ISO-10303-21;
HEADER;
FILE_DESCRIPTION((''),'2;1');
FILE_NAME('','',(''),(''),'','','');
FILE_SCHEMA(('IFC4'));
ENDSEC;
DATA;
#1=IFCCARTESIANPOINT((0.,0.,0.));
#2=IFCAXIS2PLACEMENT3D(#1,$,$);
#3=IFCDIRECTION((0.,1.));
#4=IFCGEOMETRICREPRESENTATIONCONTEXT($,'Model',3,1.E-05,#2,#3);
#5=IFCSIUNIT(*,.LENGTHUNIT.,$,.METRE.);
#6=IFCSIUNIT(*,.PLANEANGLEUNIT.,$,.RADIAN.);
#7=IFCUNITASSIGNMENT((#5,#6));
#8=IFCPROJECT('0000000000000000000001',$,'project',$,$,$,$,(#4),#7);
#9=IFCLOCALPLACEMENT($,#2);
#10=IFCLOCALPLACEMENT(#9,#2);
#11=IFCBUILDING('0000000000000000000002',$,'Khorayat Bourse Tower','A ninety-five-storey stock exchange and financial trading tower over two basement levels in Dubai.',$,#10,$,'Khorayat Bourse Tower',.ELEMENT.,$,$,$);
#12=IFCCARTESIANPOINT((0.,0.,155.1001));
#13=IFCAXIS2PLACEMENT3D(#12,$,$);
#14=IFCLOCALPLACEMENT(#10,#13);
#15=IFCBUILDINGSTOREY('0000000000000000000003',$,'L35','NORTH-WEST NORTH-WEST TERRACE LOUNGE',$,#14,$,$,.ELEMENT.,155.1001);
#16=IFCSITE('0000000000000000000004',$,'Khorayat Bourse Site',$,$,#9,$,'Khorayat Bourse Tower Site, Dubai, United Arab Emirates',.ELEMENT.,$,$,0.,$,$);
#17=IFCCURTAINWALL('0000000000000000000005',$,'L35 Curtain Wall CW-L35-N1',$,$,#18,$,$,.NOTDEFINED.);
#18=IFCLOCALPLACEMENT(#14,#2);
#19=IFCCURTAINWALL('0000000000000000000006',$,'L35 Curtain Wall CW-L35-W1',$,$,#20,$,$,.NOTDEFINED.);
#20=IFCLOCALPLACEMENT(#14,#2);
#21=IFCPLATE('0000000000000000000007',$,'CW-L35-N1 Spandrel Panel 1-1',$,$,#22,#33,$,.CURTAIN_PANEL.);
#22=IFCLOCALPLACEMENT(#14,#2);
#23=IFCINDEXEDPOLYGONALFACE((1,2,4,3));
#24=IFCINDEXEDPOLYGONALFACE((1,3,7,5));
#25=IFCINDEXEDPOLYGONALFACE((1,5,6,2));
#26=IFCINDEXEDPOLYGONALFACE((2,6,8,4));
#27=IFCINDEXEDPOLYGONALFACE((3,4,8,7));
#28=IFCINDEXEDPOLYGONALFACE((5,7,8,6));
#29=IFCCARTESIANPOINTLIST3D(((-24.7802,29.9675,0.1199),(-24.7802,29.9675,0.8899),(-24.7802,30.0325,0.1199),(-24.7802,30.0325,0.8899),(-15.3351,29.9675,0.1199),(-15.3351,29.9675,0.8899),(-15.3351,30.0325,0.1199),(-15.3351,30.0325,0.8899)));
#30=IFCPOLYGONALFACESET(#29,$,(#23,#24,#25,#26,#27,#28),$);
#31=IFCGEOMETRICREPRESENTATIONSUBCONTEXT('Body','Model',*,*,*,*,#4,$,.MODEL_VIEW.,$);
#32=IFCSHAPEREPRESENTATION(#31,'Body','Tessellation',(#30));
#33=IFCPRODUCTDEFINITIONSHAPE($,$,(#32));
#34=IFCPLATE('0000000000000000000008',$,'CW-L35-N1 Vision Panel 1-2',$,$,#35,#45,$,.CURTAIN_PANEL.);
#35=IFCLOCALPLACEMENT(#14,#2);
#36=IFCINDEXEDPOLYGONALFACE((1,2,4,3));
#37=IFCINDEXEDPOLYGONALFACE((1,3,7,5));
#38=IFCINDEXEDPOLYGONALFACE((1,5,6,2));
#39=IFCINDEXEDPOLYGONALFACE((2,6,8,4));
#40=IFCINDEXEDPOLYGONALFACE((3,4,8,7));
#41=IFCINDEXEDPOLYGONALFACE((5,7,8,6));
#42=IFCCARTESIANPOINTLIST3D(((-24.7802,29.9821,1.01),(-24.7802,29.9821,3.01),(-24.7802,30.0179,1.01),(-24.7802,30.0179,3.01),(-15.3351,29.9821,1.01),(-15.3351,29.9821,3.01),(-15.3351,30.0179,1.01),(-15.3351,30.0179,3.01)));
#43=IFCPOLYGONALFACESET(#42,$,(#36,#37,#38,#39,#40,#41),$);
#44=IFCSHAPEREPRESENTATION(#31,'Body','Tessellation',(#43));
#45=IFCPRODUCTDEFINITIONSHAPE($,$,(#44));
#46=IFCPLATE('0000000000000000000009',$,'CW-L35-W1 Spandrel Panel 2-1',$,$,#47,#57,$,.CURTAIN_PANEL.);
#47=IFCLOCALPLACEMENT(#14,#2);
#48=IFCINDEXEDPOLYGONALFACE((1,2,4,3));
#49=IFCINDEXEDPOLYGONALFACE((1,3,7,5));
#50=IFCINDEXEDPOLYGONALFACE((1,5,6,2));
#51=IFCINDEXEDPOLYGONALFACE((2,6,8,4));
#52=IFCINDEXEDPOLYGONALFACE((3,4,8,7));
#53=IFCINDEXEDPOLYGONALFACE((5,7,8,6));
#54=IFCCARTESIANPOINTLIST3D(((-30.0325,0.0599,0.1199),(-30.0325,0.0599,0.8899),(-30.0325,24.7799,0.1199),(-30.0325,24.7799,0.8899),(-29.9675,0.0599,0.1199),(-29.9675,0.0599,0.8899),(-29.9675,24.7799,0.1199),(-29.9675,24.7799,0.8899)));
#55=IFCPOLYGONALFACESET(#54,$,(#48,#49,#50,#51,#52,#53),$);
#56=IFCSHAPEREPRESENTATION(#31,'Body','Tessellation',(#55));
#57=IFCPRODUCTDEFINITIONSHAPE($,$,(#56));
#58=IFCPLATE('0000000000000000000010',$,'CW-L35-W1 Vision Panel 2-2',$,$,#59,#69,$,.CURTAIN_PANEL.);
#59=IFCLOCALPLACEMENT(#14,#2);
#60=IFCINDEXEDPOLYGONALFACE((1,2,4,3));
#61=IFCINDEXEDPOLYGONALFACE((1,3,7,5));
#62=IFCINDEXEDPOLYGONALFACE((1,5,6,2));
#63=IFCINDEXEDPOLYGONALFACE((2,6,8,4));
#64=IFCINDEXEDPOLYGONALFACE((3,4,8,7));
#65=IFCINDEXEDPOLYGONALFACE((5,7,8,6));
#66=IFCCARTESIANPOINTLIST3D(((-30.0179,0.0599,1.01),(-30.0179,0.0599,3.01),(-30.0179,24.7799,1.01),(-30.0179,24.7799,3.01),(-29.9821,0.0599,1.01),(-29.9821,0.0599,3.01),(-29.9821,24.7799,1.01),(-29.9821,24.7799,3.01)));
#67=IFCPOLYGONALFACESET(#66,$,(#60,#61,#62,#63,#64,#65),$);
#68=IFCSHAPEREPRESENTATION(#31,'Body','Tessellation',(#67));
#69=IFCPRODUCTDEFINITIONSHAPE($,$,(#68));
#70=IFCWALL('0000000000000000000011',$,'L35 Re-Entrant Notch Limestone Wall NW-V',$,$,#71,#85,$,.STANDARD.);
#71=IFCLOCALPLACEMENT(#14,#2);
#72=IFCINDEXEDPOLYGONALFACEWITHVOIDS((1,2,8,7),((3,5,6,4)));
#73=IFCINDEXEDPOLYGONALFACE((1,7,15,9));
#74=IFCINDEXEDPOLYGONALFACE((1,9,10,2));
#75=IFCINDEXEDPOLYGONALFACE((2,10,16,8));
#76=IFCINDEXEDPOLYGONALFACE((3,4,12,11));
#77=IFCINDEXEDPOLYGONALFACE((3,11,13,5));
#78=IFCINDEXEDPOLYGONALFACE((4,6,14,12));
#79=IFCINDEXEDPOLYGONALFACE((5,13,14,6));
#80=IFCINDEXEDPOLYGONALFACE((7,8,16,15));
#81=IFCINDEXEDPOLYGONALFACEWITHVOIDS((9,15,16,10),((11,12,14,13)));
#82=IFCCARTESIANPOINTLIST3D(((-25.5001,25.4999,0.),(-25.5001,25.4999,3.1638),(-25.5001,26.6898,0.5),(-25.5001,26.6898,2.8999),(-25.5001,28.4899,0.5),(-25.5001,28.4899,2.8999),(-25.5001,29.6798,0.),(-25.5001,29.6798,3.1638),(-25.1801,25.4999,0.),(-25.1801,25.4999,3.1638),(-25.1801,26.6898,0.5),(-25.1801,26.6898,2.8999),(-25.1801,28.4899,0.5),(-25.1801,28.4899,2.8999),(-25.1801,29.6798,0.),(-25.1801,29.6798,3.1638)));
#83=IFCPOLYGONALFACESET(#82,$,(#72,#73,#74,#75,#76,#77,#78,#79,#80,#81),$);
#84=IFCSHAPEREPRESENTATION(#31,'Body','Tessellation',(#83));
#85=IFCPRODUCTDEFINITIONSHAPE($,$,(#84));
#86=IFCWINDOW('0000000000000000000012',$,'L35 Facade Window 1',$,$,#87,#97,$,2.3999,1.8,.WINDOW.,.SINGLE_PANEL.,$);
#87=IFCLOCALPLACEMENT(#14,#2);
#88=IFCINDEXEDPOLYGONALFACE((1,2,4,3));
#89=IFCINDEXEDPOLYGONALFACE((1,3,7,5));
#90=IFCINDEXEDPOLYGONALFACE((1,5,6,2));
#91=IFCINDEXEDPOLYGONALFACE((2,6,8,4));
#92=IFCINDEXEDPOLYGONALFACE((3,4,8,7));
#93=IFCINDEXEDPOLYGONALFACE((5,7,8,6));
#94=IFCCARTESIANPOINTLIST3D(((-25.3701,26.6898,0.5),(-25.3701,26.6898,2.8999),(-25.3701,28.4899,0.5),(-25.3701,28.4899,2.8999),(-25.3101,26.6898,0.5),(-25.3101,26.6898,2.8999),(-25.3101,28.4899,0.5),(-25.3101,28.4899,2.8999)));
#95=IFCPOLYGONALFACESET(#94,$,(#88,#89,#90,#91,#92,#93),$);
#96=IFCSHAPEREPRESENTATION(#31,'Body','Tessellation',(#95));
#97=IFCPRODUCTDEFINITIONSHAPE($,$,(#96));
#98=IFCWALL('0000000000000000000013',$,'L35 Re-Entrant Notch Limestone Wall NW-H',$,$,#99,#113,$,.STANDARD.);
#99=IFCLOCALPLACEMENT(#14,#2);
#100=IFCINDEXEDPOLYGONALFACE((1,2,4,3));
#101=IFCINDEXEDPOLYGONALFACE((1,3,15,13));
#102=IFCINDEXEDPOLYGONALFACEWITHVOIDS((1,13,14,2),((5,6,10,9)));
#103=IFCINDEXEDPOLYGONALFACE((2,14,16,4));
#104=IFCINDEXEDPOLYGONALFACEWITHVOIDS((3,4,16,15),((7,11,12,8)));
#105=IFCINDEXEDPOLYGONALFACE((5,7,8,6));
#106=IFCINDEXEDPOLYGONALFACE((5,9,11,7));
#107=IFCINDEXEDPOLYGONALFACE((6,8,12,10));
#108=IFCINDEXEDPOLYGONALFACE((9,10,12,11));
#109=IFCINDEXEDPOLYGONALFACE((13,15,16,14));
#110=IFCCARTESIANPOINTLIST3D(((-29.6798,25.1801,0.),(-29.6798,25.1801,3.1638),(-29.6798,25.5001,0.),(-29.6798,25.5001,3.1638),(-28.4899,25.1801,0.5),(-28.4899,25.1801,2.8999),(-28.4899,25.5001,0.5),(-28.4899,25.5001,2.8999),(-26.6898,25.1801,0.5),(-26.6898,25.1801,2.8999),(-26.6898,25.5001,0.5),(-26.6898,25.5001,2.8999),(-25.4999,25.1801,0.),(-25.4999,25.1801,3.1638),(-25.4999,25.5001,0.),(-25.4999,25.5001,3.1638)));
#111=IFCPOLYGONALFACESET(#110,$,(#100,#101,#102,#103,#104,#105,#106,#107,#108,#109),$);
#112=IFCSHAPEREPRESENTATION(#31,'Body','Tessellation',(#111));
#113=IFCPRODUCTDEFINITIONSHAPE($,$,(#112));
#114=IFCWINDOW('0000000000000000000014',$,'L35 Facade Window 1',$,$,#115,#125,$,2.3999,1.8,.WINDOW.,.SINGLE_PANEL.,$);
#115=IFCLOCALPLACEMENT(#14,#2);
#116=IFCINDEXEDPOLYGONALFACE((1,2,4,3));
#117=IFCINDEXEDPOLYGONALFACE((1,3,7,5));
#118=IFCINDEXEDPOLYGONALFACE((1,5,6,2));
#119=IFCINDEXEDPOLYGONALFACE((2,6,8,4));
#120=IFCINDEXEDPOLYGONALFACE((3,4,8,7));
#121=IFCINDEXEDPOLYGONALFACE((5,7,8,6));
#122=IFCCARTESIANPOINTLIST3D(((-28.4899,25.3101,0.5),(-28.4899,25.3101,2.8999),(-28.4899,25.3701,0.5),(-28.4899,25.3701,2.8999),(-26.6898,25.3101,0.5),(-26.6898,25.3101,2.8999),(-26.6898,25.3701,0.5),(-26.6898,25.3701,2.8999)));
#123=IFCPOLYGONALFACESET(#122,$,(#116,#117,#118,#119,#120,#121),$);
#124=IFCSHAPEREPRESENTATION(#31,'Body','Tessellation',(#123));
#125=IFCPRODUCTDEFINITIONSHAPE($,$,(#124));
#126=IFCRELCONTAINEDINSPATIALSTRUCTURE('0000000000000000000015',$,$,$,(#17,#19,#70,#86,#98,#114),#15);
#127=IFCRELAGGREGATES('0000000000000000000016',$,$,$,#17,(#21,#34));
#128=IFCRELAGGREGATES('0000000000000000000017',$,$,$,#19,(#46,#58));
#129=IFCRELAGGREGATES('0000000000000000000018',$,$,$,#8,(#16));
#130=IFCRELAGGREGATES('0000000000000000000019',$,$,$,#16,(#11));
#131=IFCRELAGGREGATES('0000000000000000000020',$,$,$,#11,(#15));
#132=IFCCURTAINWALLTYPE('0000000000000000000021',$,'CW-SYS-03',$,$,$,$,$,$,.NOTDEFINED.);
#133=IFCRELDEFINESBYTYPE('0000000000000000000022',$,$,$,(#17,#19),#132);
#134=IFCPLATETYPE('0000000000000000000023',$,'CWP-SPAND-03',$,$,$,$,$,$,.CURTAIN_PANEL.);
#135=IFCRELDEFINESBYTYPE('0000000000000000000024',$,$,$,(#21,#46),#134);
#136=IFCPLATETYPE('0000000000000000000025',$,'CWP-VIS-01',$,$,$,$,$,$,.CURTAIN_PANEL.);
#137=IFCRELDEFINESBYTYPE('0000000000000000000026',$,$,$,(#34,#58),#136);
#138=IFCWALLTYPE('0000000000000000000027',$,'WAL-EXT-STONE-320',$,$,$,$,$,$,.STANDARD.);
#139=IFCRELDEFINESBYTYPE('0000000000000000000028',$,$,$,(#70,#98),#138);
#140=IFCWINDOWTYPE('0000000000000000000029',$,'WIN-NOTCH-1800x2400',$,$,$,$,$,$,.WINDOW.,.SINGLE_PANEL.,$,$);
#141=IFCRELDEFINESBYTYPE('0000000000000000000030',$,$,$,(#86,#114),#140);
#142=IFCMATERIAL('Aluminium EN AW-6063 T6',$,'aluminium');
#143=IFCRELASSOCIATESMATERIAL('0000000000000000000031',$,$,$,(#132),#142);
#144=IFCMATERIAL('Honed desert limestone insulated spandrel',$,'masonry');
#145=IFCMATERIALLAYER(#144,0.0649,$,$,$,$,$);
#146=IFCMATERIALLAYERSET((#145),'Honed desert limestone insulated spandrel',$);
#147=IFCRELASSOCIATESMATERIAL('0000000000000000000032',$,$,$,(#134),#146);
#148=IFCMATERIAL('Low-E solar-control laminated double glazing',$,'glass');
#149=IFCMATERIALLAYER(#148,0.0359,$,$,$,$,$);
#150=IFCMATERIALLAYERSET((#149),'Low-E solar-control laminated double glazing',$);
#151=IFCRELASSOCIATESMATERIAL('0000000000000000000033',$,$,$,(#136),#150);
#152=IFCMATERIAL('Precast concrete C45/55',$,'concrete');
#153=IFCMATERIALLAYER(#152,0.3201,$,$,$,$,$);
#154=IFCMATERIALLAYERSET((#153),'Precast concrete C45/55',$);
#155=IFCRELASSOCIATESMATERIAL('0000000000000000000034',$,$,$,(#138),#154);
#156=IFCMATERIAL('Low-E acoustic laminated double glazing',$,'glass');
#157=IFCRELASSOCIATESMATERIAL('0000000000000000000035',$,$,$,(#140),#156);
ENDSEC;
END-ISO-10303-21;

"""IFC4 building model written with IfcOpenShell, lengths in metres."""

from ifc_helpers import new_model, si_unit, direction, frame, frame_2d, origin, origin_2d, place, context, subcontext, project, spatial, rectangle, extrude, source, transform, mapped, material, layer, layer_set, type_object, element, fill, aggregate, save


model = new_model("IFC4")

# Units and contexts
model_context = context("Model", 3, precision=1e-05, world=origin(), true_north=direction((0.0, 1.0)))
body_context = subcontext(model_context, "Body", "Model", "MODEL_VIEW")
ifc_project = project(units=[si_unit("LENGTHUNIT", "METRE"), si_unit("PLANEANGLEUNIT", "RADIAN")], contexts=[model_context])

# Site, building, storey
site_placement = place(None, origin())
site = spatial("IfcSite", under=ifc_project, at=site_placement, Name="Khorayat Bourse Site", LongName="Khorayat Bourse Tower Site, Dubai, United Arab Emirates", CompositionType="ELEMENT", RefElevation=0.0)
building_placement = place(site_placement, origin())
building = spatial("IfcBuilding", under=site, at=building_placement, Name="Khorayat Bourse Tower", Description="A ninety-five-storey stock exchange and financial trading tower over two basement levels in Dubai.", LongName="Khorayat Bourse Tower", CompositionType="ELEMENT")
storey_placement = place(building_placement, frame((0.0, 0.0, 155.1001)))
storey = spatial("IfcBuildingStorey", under=building, at=storey_placement, Name="L35", Description="NORTH-WEST NORTH-WEST TERRACE LOUNGE", CompositionType="ELEMENT", Elevation=155.1001)

# Curtain walls
ifc_material_1 = material(Name="Aluminium EN AW-6063 T6", Category="aluminium")
curtain_wall_type = type_object("IfcCurtainWallType", Name="CW-SYS-03", PredefinedType="NOTDEFINED", material=ifc_material_1)
curtain_wall_1_placement = place(storey_placement, origin())
curtain_wall_1 = element("IfcCurtainWall", 1, at=curtain_wall_1_placement, inside=storey, type_object=curtain_wall_type, Name="L35 Curtain Wall CW-L35-N1", PredefinedType="NOTDEFINED")
curtain_wall_2_placement = place(storey_placement, origin())
curtain_wall_2 = element("IfcCurtainWall", 2, at=curtain_wall_2_placement, inside=storey, type_object=curtain_wall_type, Name="L35 Curtain Wall CW-L35-W1", PredefinedType="NOTDEFINED")

# Plates
ifc_material_2 = material(Name="Honed desert limestone insulated spandrel", Category="masonry")
ifc_layer_1 = layer(ifc_material_2, 0.0649)
ifc_layer_set_1 = layer_set([ifc_layer_1], Name="Honed desert limestone insulated spandrel")
plate_type_1 = type_object("IfcPlateType", Name="CWP-SPAND-03", PredefinedType="CURTAIN_PANEL", material=ifc_layer_set_1)
shared_shape_1 = source(origin(), body_context, "Body", "SweptSolid", [
    extrude(rectangle(XDim=9.4451, YDim=0.0649, at=origin_2d()), origin(), (0.0, 0.0, 1.0), 0.77),
])
plate_1_placement = place(storey_placement, frame((-20.0576, 30.0, 0.1199), z_axis=(0.0, 0.0, 1.0), x_axis=(1.0, 0.0, 0.0)))
plate_1 = element("IfcPlate", 3, at=plate_1_placement, type_object=plate_type_1, Name="CW-L35-N1 Spandrel Panel 1-1", PredefinedType="CURTAIN_PANEL", context=body_context, shape_type="MappedRepresentation", body=[
    mapped(shared_shape_1, transform((0.0, 0.0, 0.0), scale=1.0)),
])
ifc_material_3 = material(Name="Low-E solar-control laminated double glazing", Category="glass")
ifc_layer_2 = layer(ifc_material_3, 0.0359)
ifc_layer_set_2 = layer_set([ifc_layer_2], Name="Low-E solar-control laminated double glazing")
plate_type_2 = type_object("IfcPlateType", Name="CWP-VIS-01", PredefinedType="CURTAIN_PANEL", material=ifc_layer_set_2)
shared_shape_2 = source(origin(), body_context, "Body", "SweptSolid", [
    extrude(rectangle(XDim=9.4451, YDim=0.0359, at=origin_2d()), origin(), (0.0, 0.0, 1.0), 2.0),
])
plate_2_placement = place(storey_placement, frame((-20.0576, 30.0, 1.01), z_axis=(0.0, 0.0, 1.0), x_axis=(1.0, 0.0, 0.0)))
plate_2 = element("IfcPlate", 4, at=plate_2_placement, type_object=plate_type_2, Name="CW-L35-N1 Vision Panel 1-2", PredefinedType="CURTAIN_PANEL", context=body_context, shape_type="MappedRepresentation", body=[
    mapped(shared_shape_2, transform((0.0, 0.0, 0.0), scale=1.0)),
])
aggregate(curtain_wall_1, [plate_1, plate_2])
shared_shape_3 = source(origin(), body_context, "Body", "SweptSolid", [
    extrude(rectangle(XDim=24.72, YDim=0.0649, at=origin_2d()), origin(), (0.0, 0.0, 1.0), 0.77),
])
plate_3_placement = place(storey_placement, frame((-30.0, 12.4199, 0.1199), z_axis=(0.0, 0.0, 1.0), x_axis=(0.0, 1.0, 0.0)))
plate_3 = element("IfcPlate", 5, at=plate_3_placement, type_object=plate_type_1, Name="CW-L35-W1 Spandrel Panel 2-1", PredefinedType="CURTAIN_PANEL", context=body_context, shape_type="MappedRepresentation", body=[
    mapped(shared_shape_3, transform((0.0, 0.0, 0.0), scale=1.0)),
])
shared_shape_4 = source(origin(), body_context, "Body", "SweptSolid", [
    extrude(rectangle(XDim=24.72, YDim=0.0359, at=origin_2d()), origin(), (0.0, 0.0, 1.0), 2.0),
])
plate_4_placement = place(storey_placement, frame((-30.0, 12.4199, 1.01), z_axis=(0.0, 0.0, 1.0), x_axis=(0.0, 1.0, 0.0)))
plate_4 = element("IfcPlate", 6, at=plate_4_placement, type_object=plate_type_2, Name="CW-L35-W1 Vision Panel 2-2", PredefinedType="CURTAIN_PANEL", context=body_context, shape_type="MappedRepresentation", body=[
    mapped(shared_shape_4, transform((0.0, 0.0, 0.0), scale=1.0)),
])
aggregate(curtain_wall_2, [plate_3, plate_4])

# Walls, openings, windows
ifc_material_4 = material(Name="Precast concrete C45/55", Category="concrete")
ifc_layer_3 = layer(ifc_material_4, 0.3201)
ifc_layer_set_3 = layer_set([ifc_layer_3], Name="Precast concrete C45/55")
wall_type = type_object("IfcWallType", Name="WAL-EXT-STONE-320", PredefinedType="STANDARD", material=ifc_layer_set_3)
shared_shape_5 = source(origin(), body_context, "Body", "SweptSolid", [
    extrude(rectangle(XDim=4.1799, YDim=0.3201, at=frame_2d((2.0898, 0.0))), origin(), (0.0, 0.0, 1.0), 3.1638),
])
wall_1_placement = place(storey_placement, frame((-25.3401, 25.5, 0.0), z_axis=(0.0, 0.0, 1.0), x_axis=(0.0, 1.0, 0.0)))
wall_1 = element("IfcWall", 7, at=wall_1_placement, inside=storey, type_object=wall_type, Name="L35 Re-Entrant Notch Limestone Wall NW-V", PredefinedType="STANDARD", context=body_context, shape_type="MappedRepresentation", body=[
    mapped(shared_shape_5, transform((0.0, 0.0, 0.0), scale=1.0)),
])
shared_shape_6 = source(origin(), body_context, "Body", "SweptSolid", [
    extrude(rectangle(XDim=1.8, YDim=2.3999, at=frame_2d((0.8999, 1.2))), frame((0.0, 0.1699, 0.0), z_axis=(0.0, -1.0, 0.0), x_axis=(1.0, 0.0, 0.0)), (0.0, 0.0, 1.0), 0.3401),
])
opening_1_placement = place(wall_1_placement, frame((1.1899, 0.0, 0.5)))
opening_1 = element("IfcOpeningElement", 8, at=opening_1_placement, cuts=wall_1, PredefinedType="OPENING", context=body_context, shape_type="MappedRepresentation", body=[
    mapped(shared_shape_6, transform((0.0, 0.0, 0.0), scale=1.0)),
])
ifc_material_5 = material(Name="Low-E acoustic laminated double glazing", Category="glass")
window_type = type_object("IfcWindowType", Name="WIN-NOTCH-1800x2400", PartitioningType="SINGLE_PANEL", PredefinedType="WINDOW", material=ifc_material_5)
shared_shape_7 = source(origin(), body_context, "Body", "SweptSolid", [
    extrude(rectangle(XDim=1.8, YDim=2.3999, at=frame_2d((0.8999, 1.2))), frame((0.0, 0.03, 0.0), z_axis=(0.0, -1.0, 0.0), x_axis=(1.0, 0.0, 0.0)), (0.0, 0.0, 1.0), 0.0601),
])
window_1_placement = place(opening_1_placement, origin())
window_1 = element("IfcWindow", 9, at=window_1_placement, inside=storey, type_object=window_type, Name="L35 Facade Window 1", OverallHeight=2.3999, OverallWidth=1.8, PartitioningType="SINGLE_PANEL", PredefinedType="WINDOW", context=body_context, shape_type="MappedRepresentation", body=[
    mapped(shared_shape_7, transform((0.0, 0.0, 0.0), scale=1.0)),
])
fill(opening_1, window_1)
wall_2_placement = place(storey_placement, frame((-25.5, 25.3401, 0.0), z_axis=(0.0, 0.0, 1.0), x_axis=(-1.0, 0.0, 0.0)))
wall_2 = element("IfcWall", 10, at=wall_2_placement, inside=storey, type_object=wall_type, Name="L35 Re-Entrant Notch Limestone Wall NW-H", PredefinedType="STANDARD", context=body_context, shape_type="MappedRepresentation", body=[
    mapped(shared_shape_5, transform((0.0, 0.0, 0.0), scale=1.0)),
])
opening_2_placement = place(wall_2_placement, frame((1.1899, 0.0, 0.5)))
opening_2 = element("IfcOpeningElement", 11, at=opening_2_placement, cuts=wall_2, PredefinedType="OPENING", context=body_context, shape_type="MappedRepresentation", body=[
    mapped(shared_shape_6, transform((0.0, 0.0, 0.0), scale=1.0)),
])
window_2_placement = place(opening_2_placement, origin())
window_2 = element("IfcWindow", 12, at=window_2_placement, inside=storey, type_object=window_type, Name="L35 Facade Window 1", OverallHeight=2.3999, OverallWidth=1.8, PartitioningType="SINGLE_PANEL", PredefinedType="WINDOW", context=body_context, shape_type="MappedRepresentation", body=[
    mapped(shared_shape_7, transform((0.0, 0.0, 0.0), scale=1.0)),
])
fill(opening_2, window_2)

save(model, "model.ifc")
